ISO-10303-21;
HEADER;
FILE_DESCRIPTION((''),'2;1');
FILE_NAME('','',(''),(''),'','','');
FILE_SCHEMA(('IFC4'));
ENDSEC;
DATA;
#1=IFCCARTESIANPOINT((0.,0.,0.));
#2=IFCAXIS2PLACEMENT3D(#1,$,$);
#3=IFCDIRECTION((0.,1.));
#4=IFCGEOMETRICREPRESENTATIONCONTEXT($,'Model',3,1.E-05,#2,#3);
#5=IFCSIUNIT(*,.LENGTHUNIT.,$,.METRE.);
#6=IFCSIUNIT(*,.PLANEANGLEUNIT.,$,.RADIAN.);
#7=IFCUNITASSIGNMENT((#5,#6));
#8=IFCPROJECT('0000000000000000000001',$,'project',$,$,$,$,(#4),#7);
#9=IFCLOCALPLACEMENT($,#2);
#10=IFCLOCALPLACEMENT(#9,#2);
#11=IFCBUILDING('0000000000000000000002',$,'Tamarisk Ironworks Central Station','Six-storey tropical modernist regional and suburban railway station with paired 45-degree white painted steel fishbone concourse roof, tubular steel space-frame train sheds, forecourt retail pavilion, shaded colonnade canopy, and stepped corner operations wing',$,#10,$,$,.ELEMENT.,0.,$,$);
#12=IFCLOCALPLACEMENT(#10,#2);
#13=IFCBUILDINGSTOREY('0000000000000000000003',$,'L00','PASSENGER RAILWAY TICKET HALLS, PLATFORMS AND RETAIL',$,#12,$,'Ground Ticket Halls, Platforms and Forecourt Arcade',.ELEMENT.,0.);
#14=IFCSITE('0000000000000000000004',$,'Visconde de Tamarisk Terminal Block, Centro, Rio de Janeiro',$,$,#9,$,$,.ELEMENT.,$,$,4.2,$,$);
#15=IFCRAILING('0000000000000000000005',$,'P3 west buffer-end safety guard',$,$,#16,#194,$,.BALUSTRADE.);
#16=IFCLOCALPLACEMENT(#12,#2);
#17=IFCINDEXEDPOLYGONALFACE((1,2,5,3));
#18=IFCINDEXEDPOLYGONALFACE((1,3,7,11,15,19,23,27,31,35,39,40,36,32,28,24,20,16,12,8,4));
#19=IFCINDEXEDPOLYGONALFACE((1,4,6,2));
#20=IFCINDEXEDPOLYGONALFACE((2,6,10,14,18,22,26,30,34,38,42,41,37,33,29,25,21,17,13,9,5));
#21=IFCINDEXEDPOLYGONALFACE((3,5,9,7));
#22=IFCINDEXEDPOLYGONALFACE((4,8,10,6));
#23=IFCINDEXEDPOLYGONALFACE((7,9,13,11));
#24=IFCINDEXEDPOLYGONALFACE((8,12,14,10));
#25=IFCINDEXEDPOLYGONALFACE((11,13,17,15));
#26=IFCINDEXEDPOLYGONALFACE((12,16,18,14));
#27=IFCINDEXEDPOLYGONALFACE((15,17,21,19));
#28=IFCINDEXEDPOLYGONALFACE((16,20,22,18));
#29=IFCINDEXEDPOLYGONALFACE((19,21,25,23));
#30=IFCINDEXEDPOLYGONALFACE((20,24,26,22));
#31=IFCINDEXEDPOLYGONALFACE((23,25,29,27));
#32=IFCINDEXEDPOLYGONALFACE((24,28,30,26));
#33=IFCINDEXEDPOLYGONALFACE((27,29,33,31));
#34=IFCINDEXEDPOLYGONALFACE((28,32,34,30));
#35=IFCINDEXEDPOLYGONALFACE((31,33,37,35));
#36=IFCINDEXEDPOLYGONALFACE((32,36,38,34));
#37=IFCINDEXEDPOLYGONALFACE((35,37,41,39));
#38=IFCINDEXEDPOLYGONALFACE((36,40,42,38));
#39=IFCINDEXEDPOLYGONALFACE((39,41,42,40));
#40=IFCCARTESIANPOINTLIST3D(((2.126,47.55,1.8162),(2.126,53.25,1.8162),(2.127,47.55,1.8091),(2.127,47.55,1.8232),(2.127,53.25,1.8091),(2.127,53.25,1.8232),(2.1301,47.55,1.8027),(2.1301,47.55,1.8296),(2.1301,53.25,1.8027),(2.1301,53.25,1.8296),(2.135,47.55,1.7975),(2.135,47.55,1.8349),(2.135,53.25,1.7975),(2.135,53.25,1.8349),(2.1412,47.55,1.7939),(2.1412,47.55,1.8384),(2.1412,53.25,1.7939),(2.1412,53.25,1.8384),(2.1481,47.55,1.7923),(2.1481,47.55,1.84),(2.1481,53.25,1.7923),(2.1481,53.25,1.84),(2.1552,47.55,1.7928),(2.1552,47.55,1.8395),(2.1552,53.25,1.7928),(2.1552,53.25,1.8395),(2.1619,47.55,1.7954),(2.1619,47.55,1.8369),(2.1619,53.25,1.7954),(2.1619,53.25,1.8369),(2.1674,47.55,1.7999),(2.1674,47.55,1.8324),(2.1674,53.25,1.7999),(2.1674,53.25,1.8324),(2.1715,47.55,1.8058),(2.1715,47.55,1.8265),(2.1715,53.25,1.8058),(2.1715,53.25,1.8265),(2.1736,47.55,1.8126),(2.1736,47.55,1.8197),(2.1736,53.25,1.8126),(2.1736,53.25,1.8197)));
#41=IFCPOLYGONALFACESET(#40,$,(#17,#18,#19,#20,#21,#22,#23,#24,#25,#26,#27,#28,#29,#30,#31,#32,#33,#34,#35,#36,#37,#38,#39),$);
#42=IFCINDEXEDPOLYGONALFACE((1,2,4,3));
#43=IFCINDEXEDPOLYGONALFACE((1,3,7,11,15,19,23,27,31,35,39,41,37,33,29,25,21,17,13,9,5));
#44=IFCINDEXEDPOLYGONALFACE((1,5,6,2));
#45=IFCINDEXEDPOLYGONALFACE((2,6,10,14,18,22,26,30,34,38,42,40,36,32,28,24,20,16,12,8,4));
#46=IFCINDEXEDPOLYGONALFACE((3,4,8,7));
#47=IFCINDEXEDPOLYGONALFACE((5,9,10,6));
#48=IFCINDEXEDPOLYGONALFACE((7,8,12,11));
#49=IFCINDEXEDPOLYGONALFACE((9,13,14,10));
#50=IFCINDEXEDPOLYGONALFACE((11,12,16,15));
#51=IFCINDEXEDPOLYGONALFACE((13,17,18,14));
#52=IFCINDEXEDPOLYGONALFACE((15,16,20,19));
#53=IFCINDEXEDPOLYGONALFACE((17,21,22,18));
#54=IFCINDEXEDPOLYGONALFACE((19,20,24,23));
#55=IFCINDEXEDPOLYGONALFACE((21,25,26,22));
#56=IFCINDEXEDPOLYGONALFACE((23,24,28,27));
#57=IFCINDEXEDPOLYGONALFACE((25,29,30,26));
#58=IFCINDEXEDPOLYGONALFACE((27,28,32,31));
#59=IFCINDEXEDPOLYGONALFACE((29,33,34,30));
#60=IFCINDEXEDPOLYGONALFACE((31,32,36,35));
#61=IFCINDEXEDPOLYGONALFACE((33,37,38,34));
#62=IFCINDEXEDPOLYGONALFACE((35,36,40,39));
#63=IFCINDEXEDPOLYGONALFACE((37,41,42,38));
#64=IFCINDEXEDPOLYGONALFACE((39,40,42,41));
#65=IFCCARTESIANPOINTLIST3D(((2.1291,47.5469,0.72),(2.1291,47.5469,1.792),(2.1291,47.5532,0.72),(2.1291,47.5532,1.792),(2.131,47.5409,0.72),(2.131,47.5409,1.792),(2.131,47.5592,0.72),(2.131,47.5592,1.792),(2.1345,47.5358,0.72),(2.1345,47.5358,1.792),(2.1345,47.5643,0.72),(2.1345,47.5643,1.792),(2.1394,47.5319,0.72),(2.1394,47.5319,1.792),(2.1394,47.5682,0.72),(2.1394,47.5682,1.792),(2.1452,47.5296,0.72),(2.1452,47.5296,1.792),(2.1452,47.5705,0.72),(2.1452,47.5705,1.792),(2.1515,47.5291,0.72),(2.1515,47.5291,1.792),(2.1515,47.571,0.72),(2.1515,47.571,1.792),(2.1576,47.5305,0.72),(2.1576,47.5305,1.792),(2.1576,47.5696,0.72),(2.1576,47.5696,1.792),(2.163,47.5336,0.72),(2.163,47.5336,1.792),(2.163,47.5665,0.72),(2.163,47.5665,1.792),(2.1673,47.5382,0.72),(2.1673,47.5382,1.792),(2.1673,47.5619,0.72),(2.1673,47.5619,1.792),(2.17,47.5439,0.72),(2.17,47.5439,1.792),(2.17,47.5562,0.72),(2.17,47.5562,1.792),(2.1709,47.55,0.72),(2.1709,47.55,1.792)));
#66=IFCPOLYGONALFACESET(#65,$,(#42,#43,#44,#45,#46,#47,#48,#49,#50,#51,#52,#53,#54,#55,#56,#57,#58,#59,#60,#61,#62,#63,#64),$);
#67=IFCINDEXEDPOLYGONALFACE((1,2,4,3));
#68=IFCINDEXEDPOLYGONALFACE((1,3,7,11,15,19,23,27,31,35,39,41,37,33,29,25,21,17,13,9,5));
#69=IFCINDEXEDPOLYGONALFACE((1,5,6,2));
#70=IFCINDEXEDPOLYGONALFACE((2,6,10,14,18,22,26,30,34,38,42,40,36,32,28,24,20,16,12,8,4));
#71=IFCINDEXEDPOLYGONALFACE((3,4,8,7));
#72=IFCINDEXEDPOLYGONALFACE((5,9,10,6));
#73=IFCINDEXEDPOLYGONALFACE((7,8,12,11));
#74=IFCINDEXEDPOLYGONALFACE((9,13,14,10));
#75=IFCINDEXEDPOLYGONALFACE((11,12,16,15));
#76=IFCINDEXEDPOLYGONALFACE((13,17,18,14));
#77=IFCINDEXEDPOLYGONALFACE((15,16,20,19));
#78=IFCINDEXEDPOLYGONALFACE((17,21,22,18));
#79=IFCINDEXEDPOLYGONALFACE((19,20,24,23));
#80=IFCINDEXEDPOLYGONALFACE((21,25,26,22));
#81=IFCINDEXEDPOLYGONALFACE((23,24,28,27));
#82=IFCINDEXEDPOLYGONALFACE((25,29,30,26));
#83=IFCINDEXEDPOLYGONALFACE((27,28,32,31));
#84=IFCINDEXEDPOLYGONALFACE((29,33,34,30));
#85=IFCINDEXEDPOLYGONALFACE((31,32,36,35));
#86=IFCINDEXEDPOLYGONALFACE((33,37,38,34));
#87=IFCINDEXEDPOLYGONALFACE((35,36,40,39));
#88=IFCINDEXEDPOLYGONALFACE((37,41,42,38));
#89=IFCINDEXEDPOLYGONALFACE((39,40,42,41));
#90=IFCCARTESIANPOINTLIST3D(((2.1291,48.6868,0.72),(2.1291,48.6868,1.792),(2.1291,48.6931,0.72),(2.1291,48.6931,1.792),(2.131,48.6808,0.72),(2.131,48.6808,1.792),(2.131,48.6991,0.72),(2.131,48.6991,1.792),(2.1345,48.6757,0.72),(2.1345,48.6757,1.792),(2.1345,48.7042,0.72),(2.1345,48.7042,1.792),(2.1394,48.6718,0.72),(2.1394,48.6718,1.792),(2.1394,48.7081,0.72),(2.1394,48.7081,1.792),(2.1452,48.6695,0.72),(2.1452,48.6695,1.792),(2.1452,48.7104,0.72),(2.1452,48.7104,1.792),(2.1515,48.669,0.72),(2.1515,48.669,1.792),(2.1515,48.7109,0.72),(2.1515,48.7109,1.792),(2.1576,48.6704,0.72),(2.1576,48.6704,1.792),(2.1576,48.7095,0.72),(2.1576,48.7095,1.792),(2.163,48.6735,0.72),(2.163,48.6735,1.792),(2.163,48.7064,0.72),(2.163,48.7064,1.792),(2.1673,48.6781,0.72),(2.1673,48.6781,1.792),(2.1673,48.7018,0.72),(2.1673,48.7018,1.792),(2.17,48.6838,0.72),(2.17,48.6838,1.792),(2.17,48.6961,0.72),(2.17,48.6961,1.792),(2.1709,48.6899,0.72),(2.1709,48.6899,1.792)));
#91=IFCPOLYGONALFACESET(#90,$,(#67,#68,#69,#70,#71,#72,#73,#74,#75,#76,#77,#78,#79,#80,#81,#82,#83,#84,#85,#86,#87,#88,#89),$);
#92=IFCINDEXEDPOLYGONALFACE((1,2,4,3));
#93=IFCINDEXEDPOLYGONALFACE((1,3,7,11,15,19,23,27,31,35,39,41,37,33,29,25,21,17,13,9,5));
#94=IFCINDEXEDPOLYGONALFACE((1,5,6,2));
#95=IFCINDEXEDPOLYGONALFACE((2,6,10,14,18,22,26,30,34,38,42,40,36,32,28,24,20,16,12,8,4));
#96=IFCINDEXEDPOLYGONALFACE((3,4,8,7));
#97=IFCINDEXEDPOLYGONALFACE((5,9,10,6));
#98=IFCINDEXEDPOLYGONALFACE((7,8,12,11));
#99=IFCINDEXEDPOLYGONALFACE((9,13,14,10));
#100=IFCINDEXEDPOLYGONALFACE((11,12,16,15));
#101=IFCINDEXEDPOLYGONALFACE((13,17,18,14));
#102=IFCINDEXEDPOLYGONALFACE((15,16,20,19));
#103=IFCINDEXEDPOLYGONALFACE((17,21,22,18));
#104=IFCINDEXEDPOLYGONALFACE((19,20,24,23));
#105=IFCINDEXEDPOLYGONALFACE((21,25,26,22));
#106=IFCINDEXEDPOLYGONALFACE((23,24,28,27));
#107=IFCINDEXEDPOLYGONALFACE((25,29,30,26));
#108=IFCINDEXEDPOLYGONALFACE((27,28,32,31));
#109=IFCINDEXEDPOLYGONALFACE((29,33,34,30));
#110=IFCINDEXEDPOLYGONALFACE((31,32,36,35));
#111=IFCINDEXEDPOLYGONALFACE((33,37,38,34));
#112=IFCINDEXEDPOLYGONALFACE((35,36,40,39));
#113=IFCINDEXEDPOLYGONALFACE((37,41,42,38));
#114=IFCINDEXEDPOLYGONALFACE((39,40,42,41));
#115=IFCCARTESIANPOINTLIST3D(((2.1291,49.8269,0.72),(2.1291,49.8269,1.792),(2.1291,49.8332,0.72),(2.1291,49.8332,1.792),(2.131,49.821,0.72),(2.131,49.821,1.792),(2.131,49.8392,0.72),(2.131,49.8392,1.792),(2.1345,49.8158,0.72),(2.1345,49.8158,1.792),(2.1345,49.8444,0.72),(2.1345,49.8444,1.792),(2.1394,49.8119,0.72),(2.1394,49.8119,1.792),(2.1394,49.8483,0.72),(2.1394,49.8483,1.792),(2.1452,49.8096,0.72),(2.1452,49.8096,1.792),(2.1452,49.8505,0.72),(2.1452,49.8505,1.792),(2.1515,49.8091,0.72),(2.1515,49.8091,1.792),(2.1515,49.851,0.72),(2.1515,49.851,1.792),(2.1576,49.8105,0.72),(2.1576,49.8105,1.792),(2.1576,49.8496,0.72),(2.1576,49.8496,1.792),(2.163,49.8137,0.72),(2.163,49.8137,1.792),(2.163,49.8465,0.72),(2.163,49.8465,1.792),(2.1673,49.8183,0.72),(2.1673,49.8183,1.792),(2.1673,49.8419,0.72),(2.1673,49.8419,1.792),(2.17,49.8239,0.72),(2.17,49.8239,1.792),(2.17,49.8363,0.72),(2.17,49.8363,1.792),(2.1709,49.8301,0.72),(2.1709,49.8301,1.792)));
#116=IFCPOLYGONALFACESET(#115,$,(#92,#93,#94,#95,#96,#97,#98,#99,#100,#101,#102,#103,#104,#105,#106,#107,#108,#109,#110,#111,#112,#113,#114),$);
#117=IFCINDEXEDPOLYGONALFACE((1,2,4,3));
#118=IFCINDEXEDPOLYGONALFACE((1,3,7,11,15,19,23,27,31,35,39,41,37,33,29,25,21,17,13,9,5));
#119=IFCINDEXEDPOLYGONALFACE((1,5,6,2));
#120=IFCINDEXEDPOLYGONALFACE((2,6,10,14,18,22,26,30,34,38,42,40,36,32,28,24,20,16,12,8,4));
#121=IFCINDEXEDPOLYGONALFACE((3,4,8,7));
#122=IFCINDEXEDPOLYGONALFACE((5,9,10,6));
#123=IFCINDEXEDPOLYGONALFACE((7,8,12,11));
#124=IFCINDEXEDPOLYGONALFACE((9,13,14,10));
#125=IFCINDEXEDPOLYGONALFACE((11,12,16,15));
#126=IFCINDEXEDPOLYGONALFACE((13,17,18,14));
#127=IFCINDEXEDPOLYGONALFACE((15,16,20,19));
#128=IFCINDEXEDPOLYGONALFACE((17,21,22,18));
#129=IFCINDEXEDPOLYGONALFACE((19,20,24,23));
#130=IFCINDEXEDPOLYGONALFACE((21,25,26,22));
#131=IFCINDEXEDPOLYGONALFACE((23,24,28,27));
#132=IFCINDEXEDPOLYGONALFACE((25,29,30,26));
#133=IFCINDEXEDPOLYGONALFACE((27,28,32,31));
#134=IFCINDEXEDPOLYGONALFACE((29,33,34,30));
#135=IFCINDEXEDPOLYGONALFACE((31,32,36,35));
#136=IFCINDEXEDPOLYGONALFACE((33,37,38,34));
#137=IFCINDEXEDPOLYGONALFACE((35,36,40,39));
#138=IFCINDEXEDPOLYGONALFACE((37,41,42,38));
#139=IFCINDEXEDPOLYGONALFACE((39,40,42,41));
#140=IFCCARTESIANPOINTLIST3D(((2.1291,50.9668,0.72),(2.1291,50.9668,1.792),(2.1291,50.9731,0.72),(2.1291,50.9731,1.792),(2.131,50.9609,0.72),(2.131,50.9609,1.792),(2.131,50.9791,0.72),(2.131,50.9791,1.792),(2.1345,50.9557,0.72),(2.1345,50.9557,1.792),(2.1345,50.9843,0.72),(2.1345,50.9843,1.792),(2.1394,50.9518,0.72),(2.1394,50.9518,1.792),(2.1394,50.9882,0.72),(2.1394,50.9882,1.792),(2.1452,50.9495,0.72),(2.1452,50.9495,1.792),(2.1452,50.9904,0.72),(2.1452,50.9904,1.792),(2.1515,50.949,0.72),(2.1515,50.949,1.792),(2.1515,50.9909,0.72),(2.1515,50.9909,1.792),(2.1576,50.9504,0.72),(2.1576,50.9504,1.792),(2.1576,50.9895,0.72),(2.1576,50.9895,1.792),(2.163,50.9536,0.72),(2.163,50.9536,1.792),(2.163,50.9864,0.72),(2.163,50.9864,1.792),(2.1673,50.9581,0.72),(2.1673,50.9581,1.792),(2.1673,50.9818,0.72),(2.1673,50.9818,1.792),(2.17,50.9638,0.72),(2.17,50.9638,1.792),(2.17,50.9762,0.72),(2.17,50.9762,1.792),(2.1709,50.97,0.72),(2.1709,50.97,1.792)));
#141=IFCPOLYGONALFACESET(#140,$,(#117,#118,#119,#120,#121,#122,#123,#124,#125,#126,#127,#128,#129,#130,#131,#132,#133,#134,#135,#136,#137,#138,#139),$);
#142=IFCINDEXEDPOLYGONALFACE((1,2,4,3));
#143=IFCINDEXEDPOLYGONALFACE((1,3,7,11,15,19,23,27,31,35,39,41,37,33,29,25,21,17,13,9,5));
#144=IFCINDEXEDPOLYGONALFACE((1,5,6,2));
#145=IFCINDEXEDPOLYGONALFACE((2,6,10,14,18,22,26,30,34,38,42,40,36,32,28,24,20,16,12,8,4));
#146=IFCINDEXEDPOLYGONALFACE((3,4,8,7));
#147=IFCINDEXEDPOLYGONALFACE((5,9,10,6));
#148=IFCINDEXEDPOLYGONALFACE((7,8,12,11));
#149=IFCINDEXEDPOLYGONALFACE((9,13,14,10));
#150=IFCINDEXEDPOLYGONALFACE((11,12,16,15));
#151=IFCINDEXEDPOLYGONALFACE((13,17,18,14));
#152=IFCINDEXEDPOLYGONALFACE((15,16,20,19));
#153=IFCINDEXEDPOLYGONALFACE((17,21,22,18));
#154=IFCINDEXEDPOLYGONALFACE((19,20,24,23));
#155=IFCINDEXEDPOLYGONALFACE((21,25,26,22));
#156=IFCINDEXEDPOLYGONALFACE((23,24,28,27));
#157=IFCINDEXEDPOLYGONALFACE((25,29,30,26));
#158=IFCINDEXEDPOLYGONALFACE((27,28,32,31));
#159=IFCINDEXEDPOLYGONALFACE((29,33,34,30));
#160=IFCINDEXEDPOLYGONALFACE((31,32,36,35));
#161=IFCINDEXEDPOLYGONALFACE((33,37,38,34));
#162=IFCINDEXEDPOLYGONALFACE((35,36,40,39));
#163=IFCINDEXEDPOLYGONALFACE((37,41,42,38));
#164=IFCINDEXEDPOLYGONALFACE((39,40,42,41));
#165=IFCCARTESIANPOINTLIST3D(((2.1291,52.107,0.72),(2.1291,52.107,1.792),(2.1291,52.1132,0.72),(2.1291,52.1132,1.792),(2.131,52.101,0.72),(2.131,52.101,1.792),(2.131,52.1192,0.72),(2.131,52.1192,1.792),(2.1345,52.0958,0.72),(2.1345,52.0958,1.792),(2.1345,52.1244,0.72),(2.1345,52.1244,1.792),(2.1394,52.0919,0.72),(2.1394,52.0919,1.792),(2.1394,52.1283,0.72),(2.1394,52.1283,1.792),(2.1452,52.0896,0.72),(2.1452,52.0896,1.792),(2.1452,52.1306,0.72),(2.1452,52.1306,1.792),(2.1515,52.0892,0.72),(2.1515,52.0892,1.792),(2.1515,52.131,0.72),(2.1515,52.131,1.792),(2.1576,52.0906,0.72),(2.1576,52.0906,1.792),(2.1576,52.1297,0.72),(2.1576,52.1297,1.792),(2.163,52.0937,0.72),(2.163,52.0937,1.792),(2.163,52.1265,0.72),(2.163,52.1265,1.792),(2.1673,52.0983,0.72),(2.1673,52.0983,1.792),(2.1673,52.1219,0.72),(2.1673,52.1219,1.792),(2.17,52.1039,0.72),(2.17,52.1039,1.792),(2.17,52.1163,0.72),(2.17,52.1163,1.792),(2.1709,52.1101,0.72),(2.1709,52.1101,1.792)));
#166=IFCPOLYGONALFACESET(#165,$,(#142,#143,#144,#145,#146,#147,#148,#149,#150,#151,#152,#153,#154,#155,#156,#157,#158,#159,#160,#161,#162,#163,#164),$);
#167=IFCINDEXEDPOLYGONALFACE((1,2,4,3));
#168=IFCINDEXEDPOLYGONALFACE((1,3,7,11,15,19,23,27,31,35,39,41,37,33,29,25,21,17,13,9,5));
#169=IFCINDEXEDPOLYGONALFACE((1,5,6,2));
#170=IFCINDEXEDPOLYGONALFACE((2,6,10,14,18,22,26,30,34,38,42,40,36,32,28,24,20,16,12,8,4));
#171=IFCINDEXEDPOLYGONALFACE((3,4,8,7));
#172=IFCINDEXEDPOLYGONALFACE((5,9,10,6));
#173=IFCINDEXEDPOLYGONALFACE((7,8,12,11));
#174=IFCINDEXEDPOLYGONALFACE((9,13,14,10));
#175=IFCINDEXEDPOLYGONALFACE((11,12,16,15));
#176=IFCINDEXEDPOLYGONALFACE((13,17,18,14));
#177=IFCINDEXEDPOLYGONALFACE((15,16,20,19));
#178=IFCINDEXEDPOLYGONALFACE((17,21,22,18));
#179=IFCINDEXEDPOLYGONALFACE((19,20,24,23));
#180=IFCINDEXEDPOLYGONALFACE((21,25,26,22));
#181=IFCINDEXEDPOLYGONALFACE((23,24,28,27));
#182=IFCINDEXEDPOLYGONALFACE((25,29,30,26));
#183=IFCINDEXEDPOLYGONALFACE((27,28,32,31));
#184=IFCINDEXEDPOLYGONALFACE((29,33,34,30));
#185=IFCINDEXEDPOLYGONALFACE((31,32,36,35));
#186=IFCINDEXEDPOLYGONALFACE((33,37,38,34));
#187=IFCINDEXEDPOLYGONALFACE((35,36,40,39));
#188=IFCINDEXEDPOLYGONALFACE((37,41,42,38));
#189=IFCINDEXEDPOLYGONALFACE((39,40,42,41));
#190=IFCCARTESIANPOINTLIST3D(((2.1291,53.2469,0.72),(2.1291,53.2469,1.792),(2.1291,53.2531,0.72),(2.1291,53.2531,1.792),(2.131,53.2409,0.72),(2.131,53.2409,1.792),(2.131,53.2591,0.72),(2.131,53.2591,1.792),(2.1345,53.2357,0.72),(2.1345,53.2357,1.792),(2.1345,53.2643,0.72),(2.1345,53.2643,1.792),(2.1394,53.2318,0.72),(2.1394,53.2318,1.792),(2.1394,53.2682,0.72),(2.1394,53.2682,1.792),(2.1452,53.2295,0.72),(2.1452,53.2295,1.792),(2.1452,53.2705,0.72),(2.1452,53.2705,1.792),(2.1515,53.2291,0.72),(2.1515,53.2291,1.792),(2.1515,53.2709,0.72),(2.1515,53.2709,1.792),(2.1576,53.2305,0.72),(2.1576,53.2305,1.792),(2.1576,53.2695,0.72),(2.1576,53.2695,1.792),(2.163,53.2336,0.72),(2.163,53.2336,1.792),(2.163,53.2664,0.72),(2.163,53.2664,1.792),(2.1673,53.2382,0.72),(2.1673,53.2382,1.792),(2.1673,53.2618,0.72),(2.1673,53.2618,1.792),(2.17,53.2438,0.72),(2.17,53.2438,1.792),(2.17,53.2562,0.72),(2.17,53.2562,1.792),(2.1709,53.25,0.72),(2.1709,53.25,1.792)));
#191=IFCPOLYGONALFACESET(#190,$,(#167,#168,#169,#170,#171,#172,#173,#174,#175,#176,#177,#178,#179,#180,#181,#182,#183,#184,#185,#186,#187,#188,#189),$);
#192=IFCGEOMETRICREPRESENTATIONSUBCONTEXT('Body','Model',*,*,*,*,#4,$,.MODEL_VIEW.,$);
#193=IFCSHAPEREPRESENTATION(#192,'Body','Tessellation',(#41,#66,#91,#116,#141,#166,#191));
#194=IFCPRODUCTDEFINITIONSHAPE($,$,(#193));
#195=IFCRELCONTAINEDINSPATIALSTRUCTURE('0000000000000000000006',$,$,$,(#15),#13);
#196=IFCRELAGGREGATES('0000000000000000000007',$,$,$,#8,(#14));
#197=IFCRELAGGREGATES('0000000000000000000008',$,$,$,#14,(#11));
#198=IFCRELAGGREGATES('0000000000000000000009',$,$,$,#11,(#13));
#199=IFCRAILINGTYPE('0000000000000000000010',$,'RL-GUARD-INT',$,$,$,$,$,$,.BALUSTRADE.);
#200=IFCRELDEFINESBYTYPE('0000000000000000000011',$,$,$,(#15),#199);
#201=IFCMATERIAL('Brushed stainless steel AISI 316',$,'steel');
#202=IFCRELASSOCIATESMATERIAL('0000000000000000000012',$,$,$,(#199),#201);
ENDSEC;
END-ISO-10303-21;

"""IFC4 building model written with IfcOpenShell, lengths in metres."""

from ifc_helpers import new_model, si_unit, direction, frame, origin, origin_2d, place, context, subcontext, project, spatial, circle, extrude, material, type_object, element, save


model = new_model("IFC4")

# Units and contexts
model_context = context("Model", 3, precision=1e-05, world=origin(), true_north=direction((0.0, 1.0)))
body_context = subcontext(model_context, "Body", "Model", "MODEL_VIEW")
ifc_project = project(units=[si_unit("LENGTHUNIT", "METRE"), si_unit("PLANEANGLEUNIT", "RADIAN")], contexts=[model_context])

# Site, building, storey
site_placement = place(None, origin())
site = spatial("IfcSite", under=ifc_project, at=site_placement, Name="Visconde de Tamarisk Terminal Block, Centro, Rio de Janeiro", CompositionType="ELEMENT", RefElevation=4.2)
building_placement = place(site_placement, origin())
building = spatial("IfcBuilding", under=site, at=building_placement, Name="Tamarisk Ironworks Central Station", Description="Six-storey tropical modernist regional and suburban railway station with paired 45-degree white painted steel fishbone concourse roof, tubular steel space-frame train sheds, forecourt retail pavilion, shaded colonnade canopy, and stepped corner operations wing", CompositionType="ELEMENT", ElevationOfRefHeight=0.0)
storey_placement = place(building_placement, origin())
storey = spatial("IfcBuildingStorey", under=building, at=storey_placement, Name="L00", Description="PASSENGER RAILWAY TICKET HALLS, PLATFORMS AND RETAIL", LongName="Ground Ticket Halls, Platforms and Forecourt Arcade", CompositionType="ELEMENT", Elevation=0.0)

# Railing
ifc_material_1 = material(Name="Brushed stainless steel AISI 316", Category="steel")
railing_type_1 = type_object("IfcRailingType", Name="RL-GUARD-INT", PredefinedType="BALUSTRADE", material=ifc_material_1)
railing_1_placement = place(storey_placement, frame((2.1499, 47.55, 0.72)))
element("IfcRailing", 1, at=railing_1_placement, inside=storey, type_object=railing_type_1, Name="P3 west buffer-end safety guard", PredefinedType="BALUSTRADE", context=body_context, shape_type="SweptSolid", body=[
    extrude(circle(Radius=0.0239, at=origin_2d()), frame((0.0, 0.0, 1.0962), z_axis=(0.0, 1.0, 0.0), x_axis=(-1.0, 0.0, 0.0)), (0.0, 0.0, 1.0), 5.7),
    extrude(circle(Radius=0.021, at=origin_2d()), origin(), (0.0, 0.0, 1.0), 1.072),
    extrude(circle(Radius=0.021, at=origin_2d()), frame((0.0, 1.1399, 0.0)), (0.0, 0.0, 1.0), 1.072),
    extrude(circle(Radius=0.021, at=origin_2d()), frame((0.0, 2.28, 0.0)), (0.0, 0.0, 1.0), 1.072),
    extrude(circle(Radius=0.021, at=origin_2d()), frame((0.0, 3.4199, 0.0)), (0.0, 0.0, 1.0), 1.072),
    extrude(circle(Radius=0.021, at=origin_2d()), frame((0.0, 4.5601, 0.0)), (0.0, 0.0, 1.0), 1.072),
    extrude(circle(Radius=0.021, at=origin_2d()), frame((0.0, 5.7, 0.0)), (0.0, 0.0, 1.0), 1.072),
])

save(model, "model.ifc")
